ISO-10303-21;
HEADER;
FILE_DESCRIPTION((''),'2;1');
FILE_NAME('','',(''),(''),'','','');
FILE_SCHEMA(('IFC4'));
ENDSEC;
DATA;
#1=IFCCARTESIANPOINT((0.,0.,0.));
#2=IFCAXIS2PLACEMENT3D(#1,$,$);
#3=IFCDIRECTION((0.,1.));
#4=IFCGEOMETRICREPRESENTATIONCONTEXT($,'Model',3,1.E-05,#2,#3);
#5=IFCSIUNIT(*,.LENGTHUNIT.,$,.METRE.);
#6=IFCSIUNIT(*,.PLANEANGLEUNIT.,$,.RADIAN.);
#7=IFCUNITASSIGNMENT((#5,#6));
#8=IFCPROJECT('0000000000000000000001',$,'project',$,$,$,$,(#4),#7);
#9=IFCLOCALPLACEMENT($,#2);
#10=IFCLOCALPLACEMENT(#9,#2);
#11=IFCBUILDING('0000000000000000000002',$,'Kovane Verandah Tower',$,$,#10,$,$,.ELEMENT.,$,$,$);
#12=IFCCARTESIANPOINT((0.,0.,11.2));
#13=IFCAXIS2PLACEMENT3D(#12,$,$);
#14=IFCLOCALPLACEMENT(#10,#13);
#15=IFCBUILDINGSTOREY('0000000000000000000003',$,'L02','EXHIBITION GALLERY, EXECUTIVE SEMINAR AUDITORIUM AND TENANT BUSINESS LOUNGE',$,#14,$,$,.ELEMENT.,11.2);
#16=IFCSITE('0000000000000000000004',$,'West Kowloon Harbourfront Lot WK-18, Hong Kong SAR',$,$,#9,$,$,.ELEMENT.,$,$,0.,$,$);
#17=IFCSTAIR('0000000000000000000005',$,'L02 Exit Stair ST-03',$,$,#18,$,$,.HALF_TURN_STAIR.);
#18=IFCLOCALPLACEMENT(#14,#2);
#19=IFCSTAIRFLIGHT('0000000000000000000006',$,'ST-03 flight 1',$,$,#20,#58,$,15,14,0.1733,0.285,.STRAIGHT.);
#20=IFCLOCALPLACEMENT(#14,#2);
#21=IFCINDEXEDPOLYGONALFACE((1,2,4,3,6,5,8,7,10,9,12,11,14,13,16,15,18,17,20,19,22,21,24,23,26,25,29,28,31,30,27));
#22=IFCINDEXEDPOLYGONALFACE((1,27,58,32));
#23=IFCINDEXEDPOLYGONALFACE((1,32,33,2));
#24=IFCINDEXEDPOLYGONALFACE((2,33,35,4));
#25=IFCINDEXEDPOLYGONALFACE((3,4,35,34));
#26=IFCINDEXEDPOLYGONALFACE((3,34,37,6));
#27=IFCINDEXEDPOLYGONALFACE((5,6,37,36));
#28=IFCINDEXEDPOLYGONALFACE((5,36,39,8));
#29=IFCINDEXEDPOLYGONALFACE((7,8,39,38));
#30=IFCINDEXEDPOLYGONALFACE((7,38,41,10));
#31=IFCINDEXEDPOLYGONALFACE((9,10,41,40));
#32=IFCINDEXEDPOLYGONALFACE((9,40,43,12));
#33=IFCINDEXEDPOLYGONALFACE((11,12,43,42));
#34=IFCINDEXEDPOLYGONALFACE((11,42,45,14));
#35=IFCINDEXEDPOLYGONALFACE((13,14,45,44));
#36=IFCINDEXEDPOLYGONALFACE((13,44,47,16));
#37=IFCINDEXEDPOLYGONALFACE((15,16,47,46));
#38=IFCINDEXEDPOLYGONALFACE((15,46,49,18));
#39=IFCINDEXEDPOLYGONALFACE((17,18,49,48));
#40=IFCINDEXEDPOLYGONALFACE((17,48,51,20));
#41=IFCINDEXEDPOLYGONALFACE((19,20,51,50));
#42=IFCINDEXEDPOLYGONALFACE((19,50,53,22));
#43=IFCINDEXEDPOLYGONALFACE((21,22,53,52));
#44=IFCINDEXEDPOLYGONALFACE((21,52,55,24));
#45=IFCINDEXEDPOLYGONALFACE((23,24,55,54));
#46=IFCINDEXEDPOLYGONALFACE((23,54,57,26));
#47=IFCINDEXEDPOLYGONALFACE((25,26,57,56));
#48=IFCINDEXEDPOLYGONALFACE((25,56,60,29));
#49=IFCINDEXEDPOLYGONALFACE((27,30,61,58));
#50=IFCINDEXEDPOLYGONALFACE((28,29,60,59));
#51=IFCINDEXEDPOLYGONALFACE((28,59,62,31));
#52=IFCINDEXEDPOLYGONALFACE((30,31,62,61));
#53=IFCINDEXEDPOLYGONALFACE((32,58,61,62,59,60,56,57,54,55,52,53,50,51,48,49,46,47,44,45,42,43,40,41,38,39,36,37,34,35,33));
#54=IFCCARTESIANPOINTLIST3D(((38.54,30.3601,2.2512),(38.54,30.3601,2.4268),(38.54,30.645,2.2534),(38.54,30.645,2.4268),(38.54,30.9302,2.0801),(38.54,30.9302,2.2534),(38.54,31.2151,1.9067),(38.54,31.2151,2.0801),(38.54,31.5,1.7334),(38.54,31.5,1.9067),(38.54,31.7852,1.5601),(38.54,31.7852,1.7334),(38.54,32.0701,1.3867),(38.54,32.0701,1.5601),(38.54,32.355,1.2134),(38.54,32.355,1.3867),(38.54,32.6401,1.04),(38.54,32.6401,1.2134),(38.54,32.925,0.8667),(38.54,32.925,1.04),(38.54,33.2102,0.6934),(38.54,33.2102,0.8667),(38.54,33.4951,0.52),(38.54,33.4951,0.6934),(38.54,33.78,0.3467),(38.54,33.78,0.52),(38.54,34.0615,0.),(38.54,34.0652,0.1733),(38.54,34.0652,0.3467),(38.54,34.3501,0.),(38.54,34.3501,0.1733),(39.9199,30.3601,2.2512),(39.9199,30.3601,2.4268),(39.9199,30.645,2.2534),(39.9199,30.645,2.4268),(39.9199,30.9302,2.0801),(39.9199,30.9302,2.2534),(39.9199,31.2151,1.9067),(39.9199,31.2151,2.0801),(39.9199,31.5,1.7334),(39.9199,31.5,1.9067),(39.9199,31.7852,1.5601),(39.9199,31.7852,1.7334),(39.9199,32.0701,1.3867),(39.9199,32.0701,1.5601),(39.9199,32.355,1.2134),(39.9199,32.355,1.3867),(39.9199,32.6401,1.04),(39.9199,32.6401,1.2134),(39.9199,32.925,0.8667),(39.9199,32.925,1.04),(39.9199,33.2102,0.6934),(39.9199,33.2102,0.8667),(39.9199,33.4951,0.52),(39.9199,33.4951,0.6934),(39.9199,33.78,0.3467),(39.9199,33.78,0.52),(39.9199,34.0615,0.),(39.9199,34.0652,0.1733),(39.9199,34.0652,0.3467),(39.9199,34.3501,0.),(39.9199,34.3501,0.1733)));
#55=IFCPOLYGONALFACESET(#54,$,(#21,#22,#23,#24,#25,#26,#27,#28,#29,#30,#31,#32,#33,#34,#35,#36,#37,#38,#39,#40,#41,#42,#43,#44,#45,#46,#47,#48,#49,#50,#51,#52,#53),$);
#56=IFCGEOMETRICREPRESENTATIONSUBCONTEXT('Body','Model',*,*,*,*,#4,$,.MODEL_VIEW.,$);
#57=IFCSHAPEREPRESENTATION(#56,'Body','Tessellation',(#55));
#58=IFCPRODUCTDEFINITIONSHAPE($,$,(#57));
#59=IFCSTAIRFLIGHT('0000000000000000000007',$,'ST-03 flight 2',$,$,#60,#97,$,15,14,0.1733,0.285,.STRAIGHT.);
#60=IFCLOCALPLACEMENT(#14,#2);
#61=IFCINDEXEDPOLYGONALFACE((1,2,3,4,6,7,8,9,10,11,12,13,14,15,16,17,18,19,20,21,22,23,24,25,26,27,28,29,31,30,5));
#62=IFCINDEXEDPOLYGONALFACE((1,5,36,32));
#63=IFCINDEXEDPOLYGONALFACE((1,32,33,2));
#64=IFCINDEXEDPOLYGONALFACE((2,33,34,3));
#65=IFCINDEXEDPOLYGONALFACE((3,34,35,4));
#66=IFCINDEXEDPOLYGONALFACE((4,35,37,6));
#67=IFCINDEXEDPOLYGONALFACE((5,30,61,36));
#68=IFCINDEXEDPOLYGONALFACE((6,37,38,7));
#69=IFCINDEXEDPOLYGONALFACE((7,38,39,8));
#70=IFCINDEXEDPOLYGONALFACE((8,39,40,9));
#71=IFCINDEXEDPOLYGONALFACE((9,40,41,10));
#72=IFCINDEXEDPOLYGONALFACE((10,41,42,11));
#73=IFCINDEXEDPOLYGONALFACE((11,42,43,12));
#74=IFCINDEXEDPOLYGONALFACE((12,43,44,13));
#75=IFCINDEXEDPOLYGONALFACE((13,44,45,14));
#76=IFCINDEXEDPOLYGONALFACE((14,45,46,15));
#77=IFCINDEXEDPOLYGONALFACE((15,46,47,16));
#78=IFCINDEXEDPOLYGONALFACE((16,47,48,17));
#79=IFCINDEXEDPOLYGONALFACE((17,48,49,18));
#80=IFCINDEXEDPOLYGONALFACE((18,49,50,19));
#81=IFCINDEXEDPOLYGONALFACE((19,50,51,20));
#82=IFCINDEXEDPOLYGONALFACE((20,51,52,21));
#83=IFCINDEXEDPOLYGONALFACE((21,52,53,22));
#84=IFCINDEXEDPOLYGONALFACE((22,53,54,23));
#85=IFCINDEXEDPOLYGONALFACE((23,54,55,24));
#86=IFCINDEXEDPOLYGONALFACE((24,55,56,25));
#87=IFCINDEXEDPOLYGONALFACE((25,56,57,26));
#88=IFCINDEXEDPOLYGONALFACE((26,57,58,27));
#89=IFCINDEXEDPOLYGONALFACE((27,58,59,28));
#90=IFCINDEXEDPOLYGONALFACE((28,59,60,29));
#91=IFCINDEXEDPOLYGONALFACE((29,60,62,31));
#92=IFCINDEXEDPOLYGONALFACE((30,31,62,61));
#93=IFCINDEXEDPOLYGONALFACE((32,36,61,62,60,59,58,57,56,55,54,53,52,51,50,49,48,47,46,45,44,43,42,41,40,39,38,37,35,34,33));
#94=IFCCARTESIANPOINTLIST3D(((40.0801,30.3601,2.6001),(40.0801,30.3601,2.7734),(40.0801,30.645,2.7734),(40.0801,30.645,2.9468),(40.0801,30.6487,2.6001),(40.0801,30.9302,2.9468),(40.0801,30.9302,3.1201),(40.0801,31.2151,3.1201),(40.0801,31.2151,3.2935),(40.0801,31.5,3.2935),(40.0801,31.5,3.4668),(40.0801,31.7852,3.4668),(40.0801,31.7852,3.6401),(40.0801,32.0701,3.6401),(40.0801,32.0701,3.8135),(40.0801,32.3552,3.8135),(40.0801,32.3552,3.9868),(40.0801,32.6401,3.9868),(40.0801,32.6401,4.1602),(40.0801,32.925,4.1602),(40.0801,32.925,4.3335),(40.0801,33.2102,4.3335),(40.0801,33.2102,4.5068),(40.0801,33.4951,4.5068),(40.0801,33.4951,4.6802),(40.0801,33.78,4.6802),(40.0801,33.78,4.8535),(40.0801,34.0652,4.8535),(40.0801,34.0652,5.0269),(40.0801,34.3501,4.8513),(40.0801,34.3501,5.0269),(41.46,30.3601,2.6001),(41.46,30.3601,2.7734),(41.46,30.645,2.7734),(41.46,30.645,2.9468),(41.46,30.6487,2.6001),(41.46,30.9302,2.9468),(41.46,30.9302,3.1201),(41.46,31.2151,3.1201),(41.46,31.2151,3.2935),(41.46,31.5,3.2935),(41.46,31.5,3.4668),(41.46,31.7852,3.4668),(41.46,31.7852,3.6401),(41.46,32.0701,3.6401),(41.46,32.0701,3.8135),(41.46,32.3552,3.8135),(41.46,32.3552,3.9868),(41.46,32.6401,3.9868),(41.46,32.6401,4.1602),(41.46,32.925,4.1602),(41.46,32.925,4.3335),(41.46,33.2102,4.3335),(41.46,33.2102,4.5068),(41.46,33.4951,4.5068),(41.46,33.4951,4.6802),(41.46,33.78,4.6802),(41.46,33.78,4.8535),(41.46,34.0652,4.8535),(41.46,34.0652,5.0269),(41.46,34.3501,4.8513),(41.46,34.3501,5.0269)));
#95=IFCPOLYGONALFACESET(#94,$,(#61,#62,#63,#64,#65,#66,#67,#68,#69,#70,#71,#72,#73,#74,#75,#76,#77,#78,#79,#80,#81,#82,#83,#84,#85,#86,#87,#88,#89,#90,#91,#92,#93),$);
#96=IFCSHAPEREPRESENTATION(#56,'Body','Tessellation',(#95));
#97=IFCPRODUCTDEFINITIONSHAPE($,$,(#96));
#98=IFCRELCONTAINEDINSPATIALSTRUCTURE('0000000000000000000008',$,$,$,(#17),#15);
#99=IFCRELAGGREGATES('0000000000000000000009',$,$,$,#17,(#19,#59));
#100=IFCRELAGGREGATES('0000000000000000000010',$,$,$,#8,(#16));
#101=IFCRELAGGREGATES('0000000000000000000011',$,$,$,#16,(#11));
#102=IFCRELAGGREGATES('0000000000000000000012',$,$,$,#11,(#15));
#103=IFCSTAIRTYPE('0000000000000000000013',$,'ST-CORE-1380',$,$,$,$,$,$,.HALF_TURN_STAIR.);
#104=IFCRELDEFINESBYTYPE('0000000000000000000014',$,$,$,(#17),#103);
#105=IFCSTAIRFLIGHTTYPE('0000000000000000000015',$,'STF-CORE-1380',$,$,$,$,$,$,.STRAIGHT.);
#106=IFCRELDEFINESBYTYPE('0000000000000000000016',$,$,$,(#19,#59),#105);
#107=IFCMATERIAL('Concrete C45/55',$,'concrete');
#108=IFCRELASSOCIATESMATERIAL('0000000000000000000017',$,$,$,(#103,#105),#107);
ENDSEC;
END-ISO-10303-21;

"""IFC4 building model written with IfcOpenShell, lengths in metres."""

from ifc_helpers import new_model, si_unit, direction, frame, origin, place, context, subcontext, project, spatial, polyline, outline, extrude, material, type_object, element, aggregate, save


model = new_model("IFC4")

# Units and contexts
model_context = context("Model", 3, precision=1e-05, world=origin(), true_north=direction((0.0, 1.0)))
body_context = subcontext(model_context, "Body", "Model", "MODEL_VIEW")
ifc_project = project(units=[si_unit("LENGTHUNIT", "METRE"), si_unit("PLANEANGLEUNIT", "RADIAN")], contexts=[model_context])

# Site, building, storey
site_placement = place(None, origin())
site = spatial("IfcSite", under=ifc_project, at=site_placement, Name="West Kowloon Harbourfront Lot WK-18, Hong Kong SAR", CompositionType="ELEMENT", RefElevation=0.0)
building_placement = place(site_placement, origin())
building = spatial("IfcBuilding", under=site, at=building_placement, Name="Kovane Verandah Tower", CompositionType="ELEMENT")
storey_placement = place(building_placement, frame((0.0, 0.0, 11.2)))
storey = spatial("IfcBuildingStorey", under=building, at=storey_placement, Name="L02", Description="EXHIBITION GALLERY, EXECUTIVE SEMINAR AUDITORIUM AND TENANT BUSINESS LOUNGE", CompositionType="ELEMENT", Elevation=11.2)

# Shared definitions
ifc_material_1 = material(Name="Concrete C45/55", Category="concrete")

# Stair, stair flights
stair_type = type_object("IfcStairType", Name="ST-CORE-1380", PredefinedType="HALF_TURN_STAIR", material=ifc_material_1)
stair_flight_type = type_object("IfcStairFlightType", Name="STF-CORE-1380", PredefinedType="STRAIGHT", material=ifc_material_1)
stair_1_placement = place(storey_placement, origin())
stair_1 = element("IfcStair", 1, at=stair_1_placement, inside=storey, type_object=stair_type, Name="L02 Exit Stair ST-03", PredefinedType="HALF_TURN_STAIR")
stair_flight_1_placement = place(storey_placement, frame((39.23, 34.3501, 0.0), z_axis=(0.0, 0.0, 1.0), x_axis=(0.0, -1.0, 0.0)))
stair_flight_1 = element("IfcStairFlight", 2, at=stair_flight_1_placement, type_object=stair_flight_type, Name="ST-03 flight 1", NumberOfRisers=15, NumberOfTreads=14, PredefinedType="STRAIGHT", RiserHeight=0.1733, TreadLength=0.285, context=body_context, shape_type="SweptSolid", body=[
    extrude(outline(polyline([(0.0, 0.0), (0.0, 0.1733), (0.2849, 0.1733), (0.2849, 0.3467), (0.5701, 0.3467), (0.5701, 0.52), (0.855, 0.52), (0.855, 0.6934), (1.1399, 0.6934), (1.1399, 0.8667), (1.425, 0.8667), (1.425, 1.04), (1.71, 1.04), (1.71, 1.2134), (1.9951, 1.2134), (1.9951, 1.3867), (2.28, 1.3867), (2.28, 1.5601), (2.5649, 1.5601), (2.5649, 1.7334), (2.8501, 1.7334), (2.8501, 1.9067), (3.135, 1.9067), (3.135, 2.0801), (3.4199, 2.0801), (3.4199, 2.2534), (3.7051, 2.2534), (3.7051, 2.4268), (3.99, 2.4268), (3.99, 2.6001), (3.99, 2.2512), (0.2886, 0.0), (0.0, 0.0)])), frame((0.0, 0.6899, 0.0), z_axis=(0.0, -1.0, 0.0), x_axis=(1.0, 0.0, 0.0)), (0.0, 0.0, 1.0), 1.3799),
])
stair_flight_2_placement = place(storey_placement, frame((40.77, 30.3601, 2.6001), z_axis=(0.0, 0.0, 1.0), x_axis=(0.0, 1.0, 0.0)))
stair_flight_2 = element("IfcStairFlight", 3, at=stair_flight_2_placement, type_object=stair_flight_type, Name="ST-03 flight 2", NumberOfRisers=15, NumberOfTreads=14, PredefinedType="STRAIGHT", RiserHeight=0.1733, TreadLength=0.285, context=body_context, shape_type="SweptSolid", body=[
    extrude(outline(polyline([(0.0, 0.0), (0.0, 0.1733), (0.2849, 0.1733), (0.2849, 0.3467), (0.5701, 0.3467), (0.5701, 0.52), (0.855, 0.52), (0.855, 0.6934), (1.1399, 0.6934), (1.1399, 0.8667), (1.425, 0.8667), (1.425, 1.04), (1.71, 1.04), (1.71, 1.2134), (1.9951, 1.2134), (1.9951, 1.3867), (2.28, 1.3867), (2.28, 1.5601), (2.5649, 1.5601), (2.5649, 1.7334), (2.8501, 1.7334), (2.8501, 1.9067), (3.135, 1.9067), (3.135, 2.0801), (3.4199, 2.0801), (3.4199, 2.2534), (3.7051, 2.2534), (3.7051, 2.4268), (3.99, 2.4268), (3.99, 2.6001), (3.99, 2.2512), (0.2886, 0.0), (0.0, 0.0)])), frame((0.0, 0.6899, 0.0), z_axis=(0.0, -1.0, 0.0), x_axis=(1.0, 0.0, 0.0)), (0.0, 0.0, 1.0), 1.3799),
])
aggregate(stair_1, [stair_flight_1, stair_flight_2])

save(model, "model.ifc")
